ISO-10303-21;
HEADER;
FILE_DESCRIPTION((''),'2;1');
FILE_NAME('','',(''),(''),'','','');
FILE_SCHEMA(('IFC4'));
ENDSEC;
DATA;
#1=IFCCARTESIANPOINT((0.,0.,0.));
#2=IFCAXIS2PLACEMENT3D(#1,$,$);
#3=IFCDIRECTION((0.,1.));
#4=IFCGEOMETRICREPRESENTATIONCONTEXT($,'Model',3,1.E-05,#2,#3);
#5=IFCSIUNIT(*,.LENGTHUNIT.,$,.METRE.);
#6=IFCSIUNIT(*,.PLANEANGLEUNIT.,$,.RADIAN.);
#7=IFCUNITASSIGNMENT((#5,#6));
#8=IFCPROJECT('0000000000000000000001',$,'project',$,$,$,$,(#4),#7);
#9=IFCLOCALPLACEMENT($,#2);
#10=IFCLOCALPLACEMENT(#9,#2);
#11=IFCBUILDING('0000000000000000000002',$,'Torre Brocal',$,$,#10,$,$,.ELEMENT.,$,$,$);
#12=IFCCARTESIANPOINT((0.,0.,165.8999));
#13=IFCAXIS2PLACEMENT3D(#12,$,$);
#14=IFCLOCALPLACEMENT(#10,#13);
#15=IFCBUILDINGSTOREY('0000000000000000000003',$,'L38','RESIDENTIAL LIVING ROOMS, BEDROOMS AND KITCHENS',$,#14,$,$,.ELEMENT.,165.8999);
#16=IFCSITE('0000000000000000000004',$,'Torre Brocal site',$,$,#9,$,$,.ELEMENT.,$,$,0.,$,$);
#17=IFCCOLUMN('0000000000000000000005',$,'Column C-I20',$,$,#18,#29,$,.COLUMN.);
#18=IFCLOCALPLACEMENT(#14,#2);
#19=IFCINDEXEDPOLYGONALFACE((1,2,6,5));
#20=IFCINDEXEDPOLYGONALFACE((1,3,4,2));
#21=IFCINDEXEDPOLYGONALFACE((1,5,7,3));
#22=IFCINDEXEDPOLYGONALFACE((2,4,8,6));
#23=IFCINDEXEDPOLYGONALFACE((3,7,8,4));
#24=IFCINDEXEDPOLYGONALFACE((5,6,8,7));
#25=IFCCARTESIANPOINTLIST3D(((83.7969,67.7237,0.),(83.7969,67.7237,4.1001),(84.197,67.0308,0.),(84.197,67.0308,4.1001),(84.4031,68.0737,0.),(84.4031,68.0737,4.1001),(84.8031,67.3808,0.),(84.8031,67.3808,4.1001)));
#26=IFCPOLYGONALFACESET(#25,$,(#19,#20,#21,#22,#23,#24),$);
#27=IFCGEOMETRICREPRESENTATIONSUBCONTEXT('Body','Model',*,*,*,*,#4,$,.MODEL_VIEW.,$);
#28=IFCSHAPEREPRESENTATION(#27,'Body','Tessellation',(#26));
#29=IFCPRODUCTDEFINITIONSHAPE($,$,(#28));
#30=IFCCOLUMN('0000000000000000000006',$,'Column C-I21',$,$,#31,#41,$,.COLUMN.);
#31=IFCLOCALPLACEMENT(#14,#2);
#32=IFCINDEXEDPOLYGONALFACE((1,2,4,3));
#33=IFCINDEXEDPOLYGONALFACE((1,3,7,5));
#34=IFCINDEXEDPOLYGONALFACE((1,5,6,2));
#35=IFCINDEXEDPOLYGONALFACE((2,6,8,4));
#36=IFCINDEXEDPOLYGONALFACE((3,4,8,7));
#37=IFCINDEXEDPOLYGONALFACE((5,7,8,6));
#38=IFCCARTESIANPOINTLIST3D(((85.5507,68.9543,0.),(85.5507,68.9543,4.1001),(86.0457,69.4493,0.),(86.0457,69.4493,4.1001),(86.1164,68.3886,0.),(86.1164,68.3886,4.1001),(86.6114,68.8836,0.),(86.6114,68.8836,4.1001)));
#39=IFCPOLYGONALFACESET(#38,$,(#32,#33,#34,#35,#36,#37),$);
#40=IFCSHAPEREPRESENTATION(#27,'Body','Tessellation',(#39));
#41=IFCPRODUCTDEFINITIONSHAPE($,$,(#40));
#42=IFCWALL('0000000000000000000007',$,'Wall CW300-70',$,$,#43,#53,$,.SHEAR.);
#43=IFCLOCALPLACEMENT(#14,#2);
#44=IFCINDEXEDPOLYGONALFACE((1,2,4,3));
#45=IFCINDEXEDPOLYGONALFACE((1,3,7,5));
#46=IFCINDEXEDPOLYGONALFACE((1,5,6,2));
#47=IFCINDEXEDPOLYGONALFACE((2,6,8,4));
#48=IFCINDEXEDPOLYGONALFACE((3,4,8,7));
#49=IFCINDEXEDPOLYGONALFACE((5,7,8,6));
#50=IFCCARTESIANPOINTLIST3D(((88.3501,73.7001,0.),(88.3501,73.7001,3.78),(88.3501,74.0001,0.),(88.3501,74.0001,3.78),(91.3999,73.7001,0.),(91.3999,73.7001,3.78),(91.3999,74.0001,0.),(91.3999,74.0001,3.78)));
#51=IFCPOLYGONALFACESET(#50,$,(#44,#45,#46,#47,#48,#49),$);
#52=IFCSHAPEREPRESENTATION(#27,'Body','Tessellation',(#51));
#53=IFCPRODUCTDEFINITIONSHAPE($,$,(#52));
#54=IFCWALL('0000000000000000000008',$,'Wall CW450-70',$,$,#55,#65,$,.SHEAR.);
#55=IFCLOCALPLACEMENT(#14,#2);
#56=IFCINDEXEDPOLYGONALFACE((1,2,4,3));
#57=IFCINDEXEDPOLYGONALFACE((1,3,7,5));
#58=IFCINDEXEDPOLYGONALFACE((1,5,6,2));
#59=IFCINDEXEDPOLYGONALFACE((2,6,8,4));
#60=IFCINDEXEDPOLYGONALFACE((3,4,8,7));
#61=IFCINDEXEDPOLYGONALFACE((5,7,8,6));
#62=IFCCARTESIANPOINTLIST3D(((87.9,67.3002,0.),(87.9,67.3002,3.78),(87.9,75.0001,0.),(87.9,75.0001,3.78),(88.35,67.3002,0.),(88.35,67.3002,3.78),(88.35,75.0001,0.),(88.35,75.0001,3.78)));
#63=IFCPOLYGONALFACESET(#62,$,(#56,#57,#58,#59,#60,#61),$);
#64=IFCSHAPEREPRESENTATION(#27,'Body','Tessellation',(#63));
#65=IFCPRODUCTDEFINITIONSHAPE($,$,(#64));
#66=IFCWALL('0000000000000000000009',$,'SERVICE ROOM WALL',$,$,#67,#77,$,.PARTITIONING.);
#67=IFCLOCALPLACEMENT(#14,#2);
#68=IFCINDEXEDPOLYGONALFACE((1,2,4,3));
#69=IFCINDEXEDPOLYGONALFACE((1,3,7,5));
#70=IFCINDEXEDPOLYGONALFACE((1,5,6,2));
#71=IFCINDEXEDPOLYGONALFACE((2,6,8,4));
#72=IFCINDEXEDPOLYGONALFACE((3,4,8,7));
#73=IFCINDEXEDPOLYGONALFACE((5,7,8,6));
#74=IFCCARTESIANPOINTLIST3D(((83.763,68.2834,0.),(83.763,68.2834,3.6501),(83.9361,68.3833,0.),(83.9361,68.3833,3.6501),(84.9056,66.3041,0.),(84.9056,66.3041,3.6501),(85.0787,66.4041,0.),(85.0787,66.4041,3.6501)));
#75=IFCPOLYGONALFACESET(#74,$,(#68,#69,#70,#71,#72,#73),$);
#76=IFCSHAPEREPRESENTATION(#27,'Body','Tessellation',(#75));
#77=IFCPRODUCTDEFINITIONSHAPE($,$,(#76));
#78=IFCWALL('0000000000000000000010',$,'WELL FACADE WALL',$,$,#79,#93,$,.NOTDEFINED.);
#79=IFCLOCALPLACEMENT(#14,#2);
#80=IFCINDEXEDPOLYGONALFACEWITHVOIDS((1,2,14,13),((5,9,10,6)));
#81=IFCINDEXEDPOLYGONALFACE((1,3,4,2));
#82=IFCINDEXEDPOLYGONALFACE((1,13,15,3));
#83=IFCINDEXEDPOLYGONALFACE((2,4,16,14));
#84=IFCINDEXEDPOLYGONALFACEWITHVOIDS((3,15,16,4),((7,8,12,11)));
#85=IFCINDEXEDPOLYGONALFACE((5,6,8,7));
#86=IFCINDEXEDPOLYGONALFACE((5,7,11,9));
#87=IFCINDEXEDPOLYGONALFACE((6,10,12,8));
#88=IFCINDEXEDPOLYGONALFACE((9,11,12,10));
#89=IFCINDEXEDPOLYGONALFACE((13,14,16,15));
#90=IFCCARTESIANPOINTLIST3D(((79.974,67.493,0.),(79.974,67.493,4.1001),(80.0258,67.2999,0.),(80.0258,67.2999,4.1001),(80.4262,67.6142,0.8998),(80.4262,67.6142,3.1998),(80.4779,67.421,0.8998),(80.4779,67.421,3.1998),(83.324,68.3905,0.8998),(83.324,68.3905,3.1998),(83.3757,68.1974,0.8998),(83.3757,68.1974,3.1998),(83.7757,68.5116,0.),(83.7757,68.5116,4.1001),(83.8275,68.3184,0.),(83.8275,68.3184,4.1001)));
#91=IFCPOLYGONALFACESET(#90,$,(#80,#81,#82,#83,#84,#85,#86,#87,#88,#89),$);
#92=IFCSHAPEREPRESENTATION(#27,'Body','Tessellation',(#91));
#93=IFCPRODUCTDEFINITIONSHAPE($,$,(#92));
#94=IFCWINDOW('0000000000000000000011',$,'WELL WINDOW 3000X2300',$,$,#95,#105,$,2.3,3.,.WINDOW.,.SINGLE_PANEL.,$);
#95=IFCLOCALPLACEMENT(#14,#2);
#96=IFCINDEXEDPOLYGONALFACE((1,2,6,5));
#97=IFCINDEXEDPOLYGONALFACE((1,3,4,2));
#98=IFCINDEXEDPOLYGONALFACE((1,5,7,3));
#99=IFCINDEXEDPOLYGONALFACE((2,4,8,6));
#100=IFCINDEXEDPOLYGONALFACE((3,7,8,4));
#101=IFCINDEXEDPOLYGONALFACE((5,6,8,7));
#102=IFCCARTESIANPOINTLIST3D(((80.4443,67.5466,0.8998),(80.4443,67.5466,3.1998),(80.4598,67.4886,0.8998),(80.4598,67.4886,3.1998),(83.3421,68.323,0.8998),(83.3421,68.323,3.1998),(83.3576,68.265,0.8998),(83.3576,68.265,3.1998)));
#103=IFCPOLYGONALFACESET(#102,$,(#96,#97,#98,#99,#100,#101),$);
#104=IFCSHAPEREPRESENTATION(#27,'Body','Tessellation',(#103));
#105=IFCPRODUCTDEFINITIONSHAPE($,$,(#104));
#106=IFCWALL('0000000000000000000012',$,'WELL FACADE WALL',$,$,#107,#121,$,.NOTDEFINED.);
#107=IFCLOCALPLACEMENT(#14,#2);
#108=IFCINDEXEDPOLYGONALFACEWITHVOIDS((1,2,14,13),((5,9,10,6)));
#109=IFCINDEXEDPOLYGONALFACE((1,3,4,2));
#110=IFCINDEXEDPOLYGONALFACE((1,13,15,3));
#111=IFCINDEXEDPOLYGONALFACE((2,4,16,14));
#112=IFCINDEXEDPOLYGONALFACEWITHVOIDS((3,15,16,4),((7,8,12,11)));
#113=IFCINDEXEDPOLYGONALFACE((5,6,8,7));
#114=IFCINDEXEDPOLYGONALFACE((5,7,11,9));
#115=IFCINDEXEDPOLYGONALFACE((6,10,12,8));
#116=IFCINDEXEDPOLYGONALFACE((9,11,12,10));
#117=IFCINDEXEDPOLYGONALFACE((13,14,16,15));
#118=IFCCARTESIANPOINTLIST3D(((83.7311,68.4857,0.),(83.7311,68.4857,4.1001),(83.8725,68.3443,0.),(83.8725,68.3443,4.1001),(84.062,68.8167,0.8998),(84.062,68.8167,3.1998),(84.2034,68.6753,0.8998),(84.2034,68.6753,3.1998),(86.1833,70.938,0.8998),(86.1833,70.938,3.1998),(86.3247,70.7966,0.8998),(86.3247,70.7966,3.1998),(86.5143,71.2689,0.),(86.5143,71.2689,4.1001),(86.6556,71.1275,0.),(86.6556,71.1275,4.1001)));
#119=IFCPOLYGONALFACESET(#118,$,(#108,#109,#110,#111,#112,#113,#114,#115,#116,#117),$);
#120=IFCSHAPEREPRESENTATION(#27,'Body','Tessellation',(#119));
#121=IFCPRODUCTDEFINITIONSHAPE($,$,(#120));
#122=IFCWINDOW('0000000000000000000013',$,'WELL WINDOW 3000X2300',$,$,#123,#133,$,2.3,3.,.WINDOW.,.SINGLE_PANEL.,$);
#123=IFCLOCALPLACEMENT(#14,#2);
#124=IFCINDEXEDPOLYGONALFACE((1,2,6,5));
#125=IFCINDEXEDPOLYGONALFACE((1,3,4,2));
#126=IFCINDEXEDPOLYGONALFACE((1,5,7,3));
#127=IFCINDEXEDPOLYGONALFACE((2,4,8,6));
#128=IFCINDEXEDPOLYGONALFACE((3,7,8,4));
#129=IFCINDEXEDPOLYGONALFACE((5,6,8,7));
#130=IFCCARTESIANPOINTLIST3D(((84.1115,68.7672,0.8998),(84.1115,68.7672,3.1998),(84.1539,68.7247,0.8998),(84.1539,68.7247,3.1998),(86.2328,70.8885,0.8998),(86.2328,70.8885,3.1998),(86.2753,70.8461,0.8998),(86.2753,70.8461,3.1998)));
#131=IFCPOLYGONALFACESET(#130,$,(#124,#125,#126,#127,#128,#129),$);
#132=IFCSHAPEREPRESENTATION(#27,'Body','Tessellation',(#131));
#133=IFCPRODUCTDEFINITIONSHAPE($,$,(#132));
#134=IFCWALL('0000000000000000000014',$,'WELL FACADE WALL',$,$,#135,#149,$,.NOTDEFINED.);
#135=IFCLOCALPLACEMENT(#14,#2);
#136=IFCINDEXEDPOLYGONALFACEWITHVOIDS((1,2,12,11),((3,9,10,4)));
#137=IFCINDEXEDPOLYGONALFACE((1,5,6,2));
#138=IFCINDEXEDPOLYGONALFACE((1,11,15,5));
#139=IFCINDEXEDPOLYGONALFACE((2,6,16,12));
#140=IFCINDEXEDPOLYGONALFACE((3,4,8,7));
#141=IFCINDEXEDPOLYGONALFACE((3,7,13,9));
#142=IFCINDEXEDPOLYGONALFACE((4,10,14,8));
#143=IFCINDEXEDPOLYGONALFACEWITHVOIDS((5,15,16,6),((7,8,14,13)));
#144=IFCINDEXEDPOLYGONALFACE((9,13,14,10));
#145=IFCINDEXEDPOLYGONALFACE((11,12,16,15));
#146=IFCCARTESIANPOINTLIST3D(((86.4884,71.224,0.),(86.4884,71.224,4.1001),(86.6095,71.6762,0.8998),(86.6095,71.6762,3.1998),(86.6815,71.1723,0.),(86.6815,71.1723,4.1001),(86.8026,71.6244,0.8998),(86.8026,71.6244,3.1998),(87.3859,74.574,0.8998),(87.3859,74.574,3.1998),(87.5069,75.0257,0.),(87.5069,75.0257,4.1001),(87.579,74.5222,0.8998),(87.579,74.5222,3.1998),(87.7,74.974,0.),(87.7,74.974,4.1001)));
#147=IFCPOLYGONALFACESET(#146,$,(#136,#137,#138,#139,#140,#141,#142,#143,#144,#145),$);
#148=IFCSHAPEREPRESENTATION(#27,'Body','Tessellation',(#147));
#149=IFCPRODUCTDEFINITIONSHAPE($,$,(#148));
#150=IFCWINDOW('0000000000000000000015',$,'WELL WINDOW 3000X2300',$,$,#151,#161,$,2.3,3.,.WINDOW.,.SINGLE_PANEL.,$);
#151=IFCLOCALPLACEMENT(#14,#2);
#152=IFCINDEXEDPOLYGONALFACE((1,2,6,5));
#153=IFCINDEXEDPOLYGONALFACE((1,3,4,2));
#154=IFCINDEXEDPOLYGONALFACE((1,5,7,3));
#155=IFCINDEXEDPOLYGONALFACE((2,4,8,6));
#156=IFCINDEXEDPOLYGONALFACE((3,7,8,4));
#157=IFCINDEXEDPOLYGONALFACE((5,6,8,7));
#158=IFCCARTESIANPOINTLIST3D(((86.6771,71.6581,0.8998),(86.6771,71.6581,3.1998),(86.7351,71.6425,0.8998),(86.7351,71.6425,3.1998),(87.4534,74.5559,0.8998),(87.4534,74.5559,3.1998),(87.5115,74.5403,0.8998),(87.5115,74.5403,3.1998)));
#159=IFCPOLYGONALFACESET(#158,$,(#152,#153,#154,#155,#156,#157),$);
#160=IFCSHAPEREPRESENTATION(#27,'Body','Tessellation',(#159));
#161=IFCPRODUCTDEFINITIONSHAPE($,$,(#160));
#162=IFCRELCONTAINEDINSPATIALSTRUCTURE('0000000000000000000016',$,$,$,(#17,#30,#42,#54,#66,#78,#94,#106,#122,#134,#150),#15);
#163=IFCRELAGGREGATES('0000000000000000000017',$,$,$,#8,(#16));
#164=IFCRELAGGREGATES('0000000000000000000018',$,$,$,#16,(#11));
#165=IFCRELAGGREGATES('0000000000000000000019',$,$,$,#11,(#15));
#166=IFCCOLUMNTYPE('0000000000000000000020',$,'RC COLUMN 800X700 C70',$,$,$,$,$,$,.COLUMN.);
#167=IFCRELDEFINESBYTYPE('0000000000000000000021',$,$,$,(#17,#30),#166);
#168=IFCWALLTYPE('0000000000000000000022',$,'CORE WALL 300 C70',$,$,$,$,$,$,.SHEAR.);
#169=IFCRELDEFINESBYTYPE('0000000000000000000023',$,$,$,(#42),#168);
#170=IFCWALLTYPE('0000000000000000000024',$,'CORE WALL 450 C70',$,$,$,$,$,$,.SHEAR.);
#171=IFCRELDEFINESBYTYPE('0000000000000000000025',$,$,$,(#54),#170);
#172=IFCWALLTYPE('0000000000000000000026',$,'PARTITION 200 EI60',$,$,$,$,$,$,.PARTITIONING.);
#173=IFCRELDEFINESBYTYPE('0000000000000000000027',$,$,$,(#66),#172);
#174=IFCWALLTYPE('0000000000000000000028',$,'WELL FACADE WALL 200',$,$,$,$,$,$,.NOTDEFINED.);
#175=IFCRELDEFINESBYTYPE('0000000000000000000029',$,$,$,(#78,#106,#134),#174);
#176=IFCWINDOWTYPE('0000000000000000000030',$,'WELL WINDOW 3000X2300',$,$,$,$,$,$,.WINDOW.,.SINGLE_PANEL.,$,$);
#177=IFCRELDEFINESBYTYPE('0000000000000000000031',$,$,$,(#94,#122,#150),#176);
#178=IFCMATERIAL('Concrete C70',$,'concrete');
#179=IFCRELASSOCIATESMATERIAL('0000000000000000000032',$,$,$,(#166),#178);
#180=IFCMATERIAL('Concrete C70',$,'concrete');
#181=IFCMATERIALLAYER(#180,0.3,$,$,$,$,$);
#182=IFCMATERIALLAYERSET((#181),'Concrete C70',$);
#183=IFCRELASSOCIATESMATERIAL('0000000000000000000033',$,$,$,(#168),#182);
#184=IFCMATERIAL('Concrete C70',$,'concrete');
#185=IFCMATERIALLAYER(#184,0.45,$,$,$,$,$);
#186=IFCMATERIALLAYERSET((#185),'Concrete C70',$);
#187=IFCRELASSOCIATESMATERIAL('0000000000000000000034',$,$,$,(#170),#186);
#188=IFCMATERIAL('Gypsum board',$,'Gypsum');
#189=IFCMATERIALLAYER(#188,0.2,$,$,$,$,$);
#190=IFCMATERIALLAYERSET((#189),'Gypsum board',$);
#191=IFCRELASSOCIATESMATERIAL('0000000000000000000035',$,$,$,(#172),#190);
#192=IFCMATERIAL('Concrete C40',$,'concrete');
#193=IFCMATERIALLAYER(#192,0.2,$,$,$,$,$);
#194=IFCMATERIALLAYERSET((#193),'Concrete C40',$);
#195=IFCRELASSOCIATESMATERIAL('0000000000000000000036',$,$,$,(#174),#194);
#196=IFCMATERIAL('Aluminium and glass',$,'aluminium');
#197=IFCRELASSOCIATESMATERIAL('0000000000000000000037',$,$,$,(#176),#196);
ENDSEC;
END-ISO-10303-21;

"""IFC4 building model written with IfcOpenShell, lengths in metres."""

from ifc_helpers import new_model, si_unit, direction, frame, frame_2d, origin, origin_2d, place, context, subcontext, project, spatial, rectangle, extrude, material, layer, layer_set, material_profile, profile_set, type_object, element, fill, save


model = new_model("IFC4")

# Units and contexts
model_context = context("Model", 3, precision=1e-05, world=origin(), true_north=direction((0.0, 1.0)))
body_context = subcontext(model_context, "Body", "Model", "MODEL_VIEW")
ifc_project = project(units=[si_unit("LENGTHUNIT", "METRE"), si_unit("PLANEANGLEUNIT", "RADIAN")], contexts=[model_context])

# Site, building, storey
site_placement = place(None, origin())
site = spatial("IfcSite", under=ifc_project, at=site_placement, Name="Torre Brocal site", CompositionType="ELEMENT", RefElevation=0.0)
building_placement = place(site_placement, origin())
building = spatial("IfcBuilding", under=site, at=building_placement, Name="Torre Brocal", CompositionType="ELEMENT")
storey_placement = place(building_placement, frame((0.0, 0.0, 165.8999)))
storey = spatial("IfcBuildingStorey", under=building, at=storey_placement, Name="L38", Description="RESIDENTIAL LIVING ROOMS, BEDROOMS AND KITCHENS", CompositionType="ELEMENT", Elevation=165.8999)

# Columns
ifc_material_1 = material(Name="Concrete C70", Category="concrete")
ifc_material_profile = material_profile(ifc_material_1, rectangle(XDim=0.8, YDim=0.7, at=origin_2d()), Name="RC 800X700")
ifc_profile_set = profile_set([ifc_material_profile], Name="Concrete C70")
column_type = type_object("IfcColumnType", Name="RC COLUMN 800X700 C70", PredefinedType="COLUMN", material=ifc_profile_set)
for number, where, z_axis, x_axis, name in (
    (1, (84.3, 67.5522, 0.0), (0.0, 0.0, 1.0), (0.5, -0.866025, 0.0), "Column C-I20"),
    (2, (86.0811, 68.9189, 0.0), (0.0, 0.0, 1.0), (0.707107, -0.707107, 0.0), "Column C-I21"),
):
    element("IfcColumn", number, at=place(storey_placement, frame(where, z_axis=z_axis, x_axis=x_axis)), inside=storey, type_object=column_type, Name=name, PredefinedType="COLUMN", context=body_context, shape_type="SweptSolid", body=[
        extrude(rectangle(XDim=0.8, YDim=0.7, at=origin_2d()), origin(), (0.0, 0.0, 1.0), 4.1001),
    ])

# Walls
ifc_material_2 = material(Name="Concrete C70", Category="concrete")
ifc_layer_1 = layer(ifc_material_2, 0.3)
ifc_layer_set_1 = layer_set([ifc_layer_1], Name="Concrete C70")
wall_type_1 = type_object("IfcWallType", Name="CORE WALL 300 C70", PredefinedType="SHEAR", material=ifc_layer_set_1)
wall_1_placement = place(storey_placement, frame((88.3501, 73.8501, 0.0), z_axis=(0.0, 0.0, 1.0), x_axis=(1.0, 0.0, 0.0)))
element("IfcWall", 3, at=wall_1_placement, inside=storey, type_object=wall_type_1, Name="Wall CW300-70", PredefinedType="SHEAR", context=body_context, shape_type="SweptSolid", body=[
    extrude(rectangle(XDim=3.0498, YDim=0.3, at=frame_2d((1.5249, 0.0))), origin(), (0.0, 0.0, 1.0), 3.78),
])
ifc_material_3 = material(Name="Concrete C70", Category="concrete")
ifc_layer_2 = layer(ifc_material_3, 0.45)
ifc_layer_set_2 = layer_set([ifc_layer_2], Name="Concrete C70")
wall_type_2 = type_object("IfcWallType", Name="CORE WALL 450 C70", PredefinedType="SHEAR", material=ifc_layer_set_2)
wall_2_placement = place(storey_placement, frame((88.125, 67.3, 0.0), z_axis=(0.0, 0.0, 1.0), x_axis=(0.0, 1.0, 0.0)))
element("IfcWall", 4, at=wall_2_placement, inside=storey, type_object=wall_type_2, Name="Wall CW450-70", PredefinedType="SHEAR", context=body_context, shape_type="SweptSolid", body=[
    extrude(rectangle(XDim=7.7, YDim=0.45, at=frame_2d((3.8501, 0.0))), origin(), (0.0, 0.0, 1.0), 3.78),
])
ifc_material_4 = material(Name="Gypsum board", Category="Gypsum")
ifc_layer_3 = layer(ifc_material_4, 0.2)
ifc_layer_set_3 = layer_set([ifc_layer_3], Name="Gypsum board")
wall_type_3 = type_object("IfcWallType", Name="PARTITION 200 EI60", PredefinedType="PARTITIONING", material=ifc_layer_set_3)
wall_3_placement = place(storey_placement, frame((83.8496, 68.3333, 0.0), z_axis=(0.0, 0.0, 1.0), x_axis=(0.499954, -0.866052, 0.0)))
element("IfcWall", 5, at=wall_3_placement, inside=storey, type_object=wall_type_3, Name="SERVICE ROOM WALL", PredefinedType="PARTITIONING", context=body_context, shape_type="SweptSolid", body=[
    extrude(rectangle(XDim=2.2854, YDim=0.2, at=frame_2d((1.1426, 0.0))), origin(), (0.0, 0.0, 1.0), 3.6501),
])

# Walls, openings, windows
ifc_material_5 = material(Name="Concrete C40", Category="concrete")
ifc_layer_4 = layer(ifc_material_5, 0.2)
ifc_layer_set_4 = layer_set([ifc_layer_4], Name="Concrete C40")
wall_type_4 = type_object("IfcWallType", Name="WELL FACADE WALL 200", PredefinedType="NOTDEFINED", material=ifc_layer_set_4)
wall_4_placement = place(storey_placement, frame((80.0, 67.3965, 0.0), z_axis=(0.0, 0.0, 1.0), x_axis=(0.965934, 0.25879, 0.0)))
wall_4 = element("IfcWall", 6, at=wall_4_placement, inside=storey, type_object=wall_type_4, Name="WELL FACADE WALL", PredefinedType="NOTDEFINED", context=body_context, shape_type="SweptSolid", body=[
    extrude(rectangle(XDim=3.9358, YDim=0.2, at=frame_2d((1.9678, 0.0))), origin(), (0.0, 0.0, 1.0), 4.1001),
])
opening_1_placement = place(wall_4_placement, frame((0.468, 0.0, 0.8999)))
opening_1 = element("IfcOpeningElement", 7, at=opening_1_placement, cuts=wall_4, PredefinedType="OPENING", context=body_context, shape_type="SweptSolid", body=[
    extrude(rectangle(XDim=3.0, YDim=2.3, at=frame_2d((1.5, 1.1499))), frame((0.0, 0.1099, 0.0), z_axis=(0.0, -1.0, 0.0), x_axis=(1.0, 0.0, 0.0)), (0.0, 0.0, 1.0), 0.22),
])
ifc_material_6 = material(Name="Aluminium and glass", Category="aluminium")
window_type = type_object("IfcWindowType", Name="WELL WINDOW 3000X2300", PartitioningType="SINGLE_PANEL", PredefinedType="WINDOW", material=ifc_material_6)
window_1_placement = place(opening_1_placement, origin())
window_1 = element("IfcWindow", 8, at=window_1_placement, inside=storey, type_object=window_type, Name="WELL WINDOW 3000X2300", OverallHeight=2.3, OverallWidth=3.0, PartitioningType="SINGLE_PANEL", PredefinedType="WINDOW", context=body_context, shape_type="SweptSolid", body=[
    extrude(rectangle(XDim=3.0, YDim=2.3, at=frame_2d((1.5, 1.1499))), frame((0.0, 0.03, 0.0), z_axis=(0.0, -1.0, 0.0), x_axis=(1.0, 0.0, 0.0)), (0.0, 0.0, 1.0), 0.0601),
])
fill(opening_1, window_1)
wall_5_placement = place(storey_placement, frame((83.8018, 68.415, 0.0), z_axis=(0.0, 0.0, 1.0), x_axis=(0.707107, 0.707107, 0.0)))
wall_5 = element("IfcWall", 9, at=wall_5_placement, inside=storey, type_object=wall_type_4, Name="WELL FACADE WALL", PredefinedType="NOTDEFINED", context=body_context, shape_type="SweptSolid", body=[
    extrude(rectangle(XDim=3.936, YDim=0.2, at=frame_2d((1.968, 0.0))), origin(), (0.0, 0.0, 1.0), 4.1001),
])
opening_2_placement = place(wall_5_placement, frame((0.468, 0.0, 0.8999)))
opening_2 = element("IfcOpeningElement", 10, at=opening_2_placement, cuts=wall_5, PredefinedType="OPENING", context=body_context, shape_type="SweptSolid", body=[
    extrude(rectangle(XDim=3.0, YDim=2.3, at=frame_2d((1.5, 1.1499))), frame((0.0, 0.1099, 0.0), z_axis=(0.0, -1.0, 0.0), x_axis=(1.0, 0.0, 0.0)), (0.0, 0.0, 1.0), 0.22),
])
window_2_placement = place(opening_2_placement, origin())
window_2 = element("IfcWindow", 11, at=window_2_placement, inside=storey, type_object=window_type, Name="WELL WINDOW 3000X2300", OverallHeight=2.3, OverallWidth=3.0, PartitioningType="SINGLE_PANEL", PredefinedType="WINDOW", context=body_context, shape_type="SweptSolid", body=[
    extrude(rectangle(XDim=3.0, YDim=2.3, at=frame_2d((1.5, 1.1499))), frame((0.0, 0.03, 0.0), z_axis=(0.0, -1.0, 0.0), x_axis=(1.0, 0.0, 0.0)), (0.0, 0.0, 1.0), 0.0601),
])
fill(opening_2, window_2)
wall_6_placement = place(storey_placement, frame((86.585, 71.1982, 0.0), z_axis=(0.0, 0.0, 1.0), x_axis=(0.25879, 0.965934, 0.0)))
wall_6 = element("IfcWall", 12, at=wall_6_placement, inside=storey, type_object=wall_type_4, Name="WELL FACADE WALL", PredefinedType="NOTDEFINED", context=body_context, shape_type="SweptSolid", body=[
    extrude(rectangle(XDim=3.9358, YDim=0.2, at=frame_2d((1.9678, 0.0))), origin(), (0.0, 0.0, 1.0), 4.1001),
])
opening_3_placement = place(wall_6_placement, frame((0.468, 0.0, 0.8999)))
opening_3 = element("IfcOpeningElement", 13, at=opening_3_placement, cuts=wall_6, PredefinedType="OPENING", context=body_context, shape_type="SweptSolid", body=[
    extrude(rectangle(XDim=3.0, YDim=2.3, at=frame_2d((1.5, 1.1499))), frame((0.0, 0.1099, 0.0), z_axis=(0.0, -1.0, 0.0), x_axis=(1.0, 0.0, 0.0)), (0.0, 0.0, 1.0), 0.22),
])
window_3_placement = place(opening_3_placement, origin())
window_3 = element("IfcWindow", 14, at=window_3_placement, inside=storey, type_object=window_type, Name="WELL WINDOW 3000X2300", OverallHeight=2.3, OverallWidth=3.0, PartitioningType="SINGLE_PANEL", PredefinedType="WINDOW", context=body_context, shape_type="SweptSolid", body=[
    extrude(rectangle(XDim=3.0, YDim=2.3, at=frame_2d((1.5, 1.1499))), frame((0.0, 0.03, 0.0), z_axis=(0.0, -1.0, 0.0), x_axis=(1.0, 0.0, 0.0)), (0.0, 0.0, 1.0), 0.0601),
])
fill(opening_3, window_3)

save(model, "model.ifc")
